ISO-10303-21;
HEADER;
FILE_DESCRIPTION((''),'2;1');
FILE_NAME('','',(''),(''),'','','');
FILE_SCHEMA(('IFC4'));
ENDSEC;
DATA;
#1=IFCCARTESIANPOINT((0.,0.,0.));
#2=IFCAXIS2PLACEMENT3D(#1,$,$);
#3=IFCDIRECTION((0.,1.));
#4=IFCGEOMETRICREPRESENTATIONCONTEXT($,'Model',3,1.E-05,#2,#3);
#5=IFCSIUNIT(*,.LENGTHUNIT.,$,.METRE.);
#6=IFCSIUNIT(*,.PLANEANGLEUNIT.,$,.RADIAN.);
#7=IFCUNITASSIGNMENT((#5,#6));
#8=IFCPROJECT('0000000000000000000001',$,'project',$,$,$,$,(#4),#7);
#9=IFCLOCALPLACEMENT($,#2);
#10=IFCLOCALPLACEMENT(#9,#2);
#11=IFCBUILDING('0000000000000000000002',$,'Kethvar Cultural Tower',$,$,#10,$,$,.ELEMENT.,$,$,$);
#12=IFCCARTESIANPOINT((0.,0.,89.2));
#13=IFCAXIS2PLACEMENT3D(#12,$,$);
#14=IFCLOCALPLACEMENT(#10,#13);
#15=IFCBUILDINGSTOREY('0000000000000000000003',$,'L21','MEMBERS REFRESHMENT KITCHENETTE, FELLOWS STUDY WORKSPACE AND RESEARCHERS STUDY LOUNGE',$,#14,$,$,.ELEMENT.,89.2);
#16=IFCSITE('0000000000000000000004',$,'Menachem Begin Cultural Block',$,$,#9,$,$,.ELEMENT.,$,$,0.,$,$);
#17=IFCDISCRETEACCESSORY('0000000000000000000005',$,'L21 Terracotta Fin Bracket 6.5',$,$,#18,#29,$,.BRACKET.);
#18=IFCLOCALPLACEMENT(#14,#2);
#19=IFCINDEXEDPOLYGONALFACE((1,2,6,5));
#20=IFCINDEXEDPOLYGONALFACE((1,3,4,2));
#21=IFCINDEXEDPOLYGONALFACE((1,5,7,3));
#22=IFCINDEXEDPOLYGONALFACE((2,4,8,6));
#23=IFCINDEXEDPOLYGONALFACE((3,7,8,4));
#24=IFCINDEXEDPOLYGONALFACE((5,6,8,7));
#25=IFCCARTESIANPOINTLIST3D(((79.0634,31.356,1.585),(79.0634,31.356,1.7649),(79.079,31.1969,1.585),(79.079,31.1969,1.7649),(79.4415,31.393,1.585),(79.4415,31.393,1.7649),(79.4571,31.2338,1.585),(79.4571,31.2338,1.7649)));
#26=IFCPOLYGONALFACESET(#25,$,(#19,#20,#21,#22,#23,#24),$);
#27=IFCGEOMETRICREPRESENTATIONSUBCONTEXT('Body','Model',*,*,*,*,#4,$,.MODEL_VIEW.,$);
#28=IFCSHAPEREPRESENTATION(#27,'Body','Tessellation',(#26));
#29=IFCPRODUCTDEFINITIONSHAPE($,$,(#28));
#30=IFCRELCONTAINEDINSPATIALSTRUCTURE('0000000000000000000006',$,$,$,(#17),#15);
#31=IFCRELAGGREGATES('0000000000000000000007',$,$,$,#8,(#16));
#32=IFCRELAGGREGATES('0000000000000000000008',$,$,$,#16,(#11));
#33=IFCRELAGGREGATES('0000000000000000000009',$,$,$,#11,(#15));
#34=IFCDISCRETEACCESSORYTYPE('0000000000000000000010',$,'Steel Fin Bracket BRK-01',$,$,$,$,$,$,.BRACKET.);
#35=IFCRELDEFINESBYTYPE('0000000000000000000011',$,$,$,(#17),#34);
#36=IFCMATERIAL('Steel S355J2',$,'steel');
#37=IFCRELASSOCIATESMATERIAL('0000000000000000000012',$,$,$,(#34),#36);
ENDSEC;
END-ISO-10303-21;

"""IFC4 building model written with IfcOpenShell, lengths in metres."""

from ifc_helpers import new_model, si_unit, direction, frame, origin, origin_2d, place, context, subcontext, project, spatial, rectangle, extrude, source, transform, mapped, material, type_object, element, save


model = new_model("IFC4")

# Units and contexts
model_context = context("Model", 3, precision=1e-05, world=origin(), true_north=direction((0.0, 1.0)))
body_context = subcontext(model_context, "Body", "Model", "MODEL_VIEW")
ifc_project = project(units=[si_unit("LENGTHUNIT", "METRE"), si_unit("PLANEANGLEUNIT", "RADIAN")], contexts=[model_context])

# Site, building, storey
site_placement = place(None, origin())
site = spatial("IfcSite", under=ifc_project, at=site_placement, Name="Menachem Begin Cultural Block", CompositionType="ELEMENT", RefElevation=0.0)
building_placement = place(site_placement, origin())
building = spatial("IfcBuilding", under=site, at=building_placement, Name="Kethvar Cultural Tower", CompositionType="ELEMENT")
storey_placement = place(building_placement, frame((0.0, 0.0, 89.2)))
storey = spatial("IfcBuildingStorey", under=building, at=storey_placement, Name="L21", Description="MEMBERS REFRESHMENT KITCHENETTE, FELLOWS STUDY WORKSPACE AND RESEARCHERS STUDY LOUNGE", CompositionType="ELEMENT", Elevation=89.2)

# Shared definitions
ifc_material_1 = material(Name="Steel S355J2", Category="steel")

# Discrete accessory
discrete_accessory_type = type_object("IfcDiscreteAccessoryType", Name="Steel Fin Bracket BRK-01", PredefinedType="BRACKET", material=ifc_material_1)
shared_shape_1 = source(origin(), body_context, "Body", "SweptSolid", [
    extrude(rectangle(XDim=0.3799, YDim=0.1599, at=origin_2d()), origin(), (0.0, 0.0, 1.0), 0.1799),
])
for number, where, z_axis, x_axis, name in (
    (1, (79.2603, 31.2949, 1.585), (0.0, 0.0, 1.0), (0.995261, 0.097235, 0.0), "L21 Terracotta Fin Bracket 6.5"),
):
    element("IfcDiscreteAccessory", number, at=place(storey_placement, frame(where, z_axis=z_axis, x_axis=x_axis)), inside=storey, type_object=discrete_accessory_type, Name=name, PredefinedType="BRACKET", context=body_context, shape_type="MappedRepresentation", body=[
        mapped(shared_shape_1, transform((0.0, 0.0, 0.0), scale=1.0)),
    ])

save(model, "model.ifc")
